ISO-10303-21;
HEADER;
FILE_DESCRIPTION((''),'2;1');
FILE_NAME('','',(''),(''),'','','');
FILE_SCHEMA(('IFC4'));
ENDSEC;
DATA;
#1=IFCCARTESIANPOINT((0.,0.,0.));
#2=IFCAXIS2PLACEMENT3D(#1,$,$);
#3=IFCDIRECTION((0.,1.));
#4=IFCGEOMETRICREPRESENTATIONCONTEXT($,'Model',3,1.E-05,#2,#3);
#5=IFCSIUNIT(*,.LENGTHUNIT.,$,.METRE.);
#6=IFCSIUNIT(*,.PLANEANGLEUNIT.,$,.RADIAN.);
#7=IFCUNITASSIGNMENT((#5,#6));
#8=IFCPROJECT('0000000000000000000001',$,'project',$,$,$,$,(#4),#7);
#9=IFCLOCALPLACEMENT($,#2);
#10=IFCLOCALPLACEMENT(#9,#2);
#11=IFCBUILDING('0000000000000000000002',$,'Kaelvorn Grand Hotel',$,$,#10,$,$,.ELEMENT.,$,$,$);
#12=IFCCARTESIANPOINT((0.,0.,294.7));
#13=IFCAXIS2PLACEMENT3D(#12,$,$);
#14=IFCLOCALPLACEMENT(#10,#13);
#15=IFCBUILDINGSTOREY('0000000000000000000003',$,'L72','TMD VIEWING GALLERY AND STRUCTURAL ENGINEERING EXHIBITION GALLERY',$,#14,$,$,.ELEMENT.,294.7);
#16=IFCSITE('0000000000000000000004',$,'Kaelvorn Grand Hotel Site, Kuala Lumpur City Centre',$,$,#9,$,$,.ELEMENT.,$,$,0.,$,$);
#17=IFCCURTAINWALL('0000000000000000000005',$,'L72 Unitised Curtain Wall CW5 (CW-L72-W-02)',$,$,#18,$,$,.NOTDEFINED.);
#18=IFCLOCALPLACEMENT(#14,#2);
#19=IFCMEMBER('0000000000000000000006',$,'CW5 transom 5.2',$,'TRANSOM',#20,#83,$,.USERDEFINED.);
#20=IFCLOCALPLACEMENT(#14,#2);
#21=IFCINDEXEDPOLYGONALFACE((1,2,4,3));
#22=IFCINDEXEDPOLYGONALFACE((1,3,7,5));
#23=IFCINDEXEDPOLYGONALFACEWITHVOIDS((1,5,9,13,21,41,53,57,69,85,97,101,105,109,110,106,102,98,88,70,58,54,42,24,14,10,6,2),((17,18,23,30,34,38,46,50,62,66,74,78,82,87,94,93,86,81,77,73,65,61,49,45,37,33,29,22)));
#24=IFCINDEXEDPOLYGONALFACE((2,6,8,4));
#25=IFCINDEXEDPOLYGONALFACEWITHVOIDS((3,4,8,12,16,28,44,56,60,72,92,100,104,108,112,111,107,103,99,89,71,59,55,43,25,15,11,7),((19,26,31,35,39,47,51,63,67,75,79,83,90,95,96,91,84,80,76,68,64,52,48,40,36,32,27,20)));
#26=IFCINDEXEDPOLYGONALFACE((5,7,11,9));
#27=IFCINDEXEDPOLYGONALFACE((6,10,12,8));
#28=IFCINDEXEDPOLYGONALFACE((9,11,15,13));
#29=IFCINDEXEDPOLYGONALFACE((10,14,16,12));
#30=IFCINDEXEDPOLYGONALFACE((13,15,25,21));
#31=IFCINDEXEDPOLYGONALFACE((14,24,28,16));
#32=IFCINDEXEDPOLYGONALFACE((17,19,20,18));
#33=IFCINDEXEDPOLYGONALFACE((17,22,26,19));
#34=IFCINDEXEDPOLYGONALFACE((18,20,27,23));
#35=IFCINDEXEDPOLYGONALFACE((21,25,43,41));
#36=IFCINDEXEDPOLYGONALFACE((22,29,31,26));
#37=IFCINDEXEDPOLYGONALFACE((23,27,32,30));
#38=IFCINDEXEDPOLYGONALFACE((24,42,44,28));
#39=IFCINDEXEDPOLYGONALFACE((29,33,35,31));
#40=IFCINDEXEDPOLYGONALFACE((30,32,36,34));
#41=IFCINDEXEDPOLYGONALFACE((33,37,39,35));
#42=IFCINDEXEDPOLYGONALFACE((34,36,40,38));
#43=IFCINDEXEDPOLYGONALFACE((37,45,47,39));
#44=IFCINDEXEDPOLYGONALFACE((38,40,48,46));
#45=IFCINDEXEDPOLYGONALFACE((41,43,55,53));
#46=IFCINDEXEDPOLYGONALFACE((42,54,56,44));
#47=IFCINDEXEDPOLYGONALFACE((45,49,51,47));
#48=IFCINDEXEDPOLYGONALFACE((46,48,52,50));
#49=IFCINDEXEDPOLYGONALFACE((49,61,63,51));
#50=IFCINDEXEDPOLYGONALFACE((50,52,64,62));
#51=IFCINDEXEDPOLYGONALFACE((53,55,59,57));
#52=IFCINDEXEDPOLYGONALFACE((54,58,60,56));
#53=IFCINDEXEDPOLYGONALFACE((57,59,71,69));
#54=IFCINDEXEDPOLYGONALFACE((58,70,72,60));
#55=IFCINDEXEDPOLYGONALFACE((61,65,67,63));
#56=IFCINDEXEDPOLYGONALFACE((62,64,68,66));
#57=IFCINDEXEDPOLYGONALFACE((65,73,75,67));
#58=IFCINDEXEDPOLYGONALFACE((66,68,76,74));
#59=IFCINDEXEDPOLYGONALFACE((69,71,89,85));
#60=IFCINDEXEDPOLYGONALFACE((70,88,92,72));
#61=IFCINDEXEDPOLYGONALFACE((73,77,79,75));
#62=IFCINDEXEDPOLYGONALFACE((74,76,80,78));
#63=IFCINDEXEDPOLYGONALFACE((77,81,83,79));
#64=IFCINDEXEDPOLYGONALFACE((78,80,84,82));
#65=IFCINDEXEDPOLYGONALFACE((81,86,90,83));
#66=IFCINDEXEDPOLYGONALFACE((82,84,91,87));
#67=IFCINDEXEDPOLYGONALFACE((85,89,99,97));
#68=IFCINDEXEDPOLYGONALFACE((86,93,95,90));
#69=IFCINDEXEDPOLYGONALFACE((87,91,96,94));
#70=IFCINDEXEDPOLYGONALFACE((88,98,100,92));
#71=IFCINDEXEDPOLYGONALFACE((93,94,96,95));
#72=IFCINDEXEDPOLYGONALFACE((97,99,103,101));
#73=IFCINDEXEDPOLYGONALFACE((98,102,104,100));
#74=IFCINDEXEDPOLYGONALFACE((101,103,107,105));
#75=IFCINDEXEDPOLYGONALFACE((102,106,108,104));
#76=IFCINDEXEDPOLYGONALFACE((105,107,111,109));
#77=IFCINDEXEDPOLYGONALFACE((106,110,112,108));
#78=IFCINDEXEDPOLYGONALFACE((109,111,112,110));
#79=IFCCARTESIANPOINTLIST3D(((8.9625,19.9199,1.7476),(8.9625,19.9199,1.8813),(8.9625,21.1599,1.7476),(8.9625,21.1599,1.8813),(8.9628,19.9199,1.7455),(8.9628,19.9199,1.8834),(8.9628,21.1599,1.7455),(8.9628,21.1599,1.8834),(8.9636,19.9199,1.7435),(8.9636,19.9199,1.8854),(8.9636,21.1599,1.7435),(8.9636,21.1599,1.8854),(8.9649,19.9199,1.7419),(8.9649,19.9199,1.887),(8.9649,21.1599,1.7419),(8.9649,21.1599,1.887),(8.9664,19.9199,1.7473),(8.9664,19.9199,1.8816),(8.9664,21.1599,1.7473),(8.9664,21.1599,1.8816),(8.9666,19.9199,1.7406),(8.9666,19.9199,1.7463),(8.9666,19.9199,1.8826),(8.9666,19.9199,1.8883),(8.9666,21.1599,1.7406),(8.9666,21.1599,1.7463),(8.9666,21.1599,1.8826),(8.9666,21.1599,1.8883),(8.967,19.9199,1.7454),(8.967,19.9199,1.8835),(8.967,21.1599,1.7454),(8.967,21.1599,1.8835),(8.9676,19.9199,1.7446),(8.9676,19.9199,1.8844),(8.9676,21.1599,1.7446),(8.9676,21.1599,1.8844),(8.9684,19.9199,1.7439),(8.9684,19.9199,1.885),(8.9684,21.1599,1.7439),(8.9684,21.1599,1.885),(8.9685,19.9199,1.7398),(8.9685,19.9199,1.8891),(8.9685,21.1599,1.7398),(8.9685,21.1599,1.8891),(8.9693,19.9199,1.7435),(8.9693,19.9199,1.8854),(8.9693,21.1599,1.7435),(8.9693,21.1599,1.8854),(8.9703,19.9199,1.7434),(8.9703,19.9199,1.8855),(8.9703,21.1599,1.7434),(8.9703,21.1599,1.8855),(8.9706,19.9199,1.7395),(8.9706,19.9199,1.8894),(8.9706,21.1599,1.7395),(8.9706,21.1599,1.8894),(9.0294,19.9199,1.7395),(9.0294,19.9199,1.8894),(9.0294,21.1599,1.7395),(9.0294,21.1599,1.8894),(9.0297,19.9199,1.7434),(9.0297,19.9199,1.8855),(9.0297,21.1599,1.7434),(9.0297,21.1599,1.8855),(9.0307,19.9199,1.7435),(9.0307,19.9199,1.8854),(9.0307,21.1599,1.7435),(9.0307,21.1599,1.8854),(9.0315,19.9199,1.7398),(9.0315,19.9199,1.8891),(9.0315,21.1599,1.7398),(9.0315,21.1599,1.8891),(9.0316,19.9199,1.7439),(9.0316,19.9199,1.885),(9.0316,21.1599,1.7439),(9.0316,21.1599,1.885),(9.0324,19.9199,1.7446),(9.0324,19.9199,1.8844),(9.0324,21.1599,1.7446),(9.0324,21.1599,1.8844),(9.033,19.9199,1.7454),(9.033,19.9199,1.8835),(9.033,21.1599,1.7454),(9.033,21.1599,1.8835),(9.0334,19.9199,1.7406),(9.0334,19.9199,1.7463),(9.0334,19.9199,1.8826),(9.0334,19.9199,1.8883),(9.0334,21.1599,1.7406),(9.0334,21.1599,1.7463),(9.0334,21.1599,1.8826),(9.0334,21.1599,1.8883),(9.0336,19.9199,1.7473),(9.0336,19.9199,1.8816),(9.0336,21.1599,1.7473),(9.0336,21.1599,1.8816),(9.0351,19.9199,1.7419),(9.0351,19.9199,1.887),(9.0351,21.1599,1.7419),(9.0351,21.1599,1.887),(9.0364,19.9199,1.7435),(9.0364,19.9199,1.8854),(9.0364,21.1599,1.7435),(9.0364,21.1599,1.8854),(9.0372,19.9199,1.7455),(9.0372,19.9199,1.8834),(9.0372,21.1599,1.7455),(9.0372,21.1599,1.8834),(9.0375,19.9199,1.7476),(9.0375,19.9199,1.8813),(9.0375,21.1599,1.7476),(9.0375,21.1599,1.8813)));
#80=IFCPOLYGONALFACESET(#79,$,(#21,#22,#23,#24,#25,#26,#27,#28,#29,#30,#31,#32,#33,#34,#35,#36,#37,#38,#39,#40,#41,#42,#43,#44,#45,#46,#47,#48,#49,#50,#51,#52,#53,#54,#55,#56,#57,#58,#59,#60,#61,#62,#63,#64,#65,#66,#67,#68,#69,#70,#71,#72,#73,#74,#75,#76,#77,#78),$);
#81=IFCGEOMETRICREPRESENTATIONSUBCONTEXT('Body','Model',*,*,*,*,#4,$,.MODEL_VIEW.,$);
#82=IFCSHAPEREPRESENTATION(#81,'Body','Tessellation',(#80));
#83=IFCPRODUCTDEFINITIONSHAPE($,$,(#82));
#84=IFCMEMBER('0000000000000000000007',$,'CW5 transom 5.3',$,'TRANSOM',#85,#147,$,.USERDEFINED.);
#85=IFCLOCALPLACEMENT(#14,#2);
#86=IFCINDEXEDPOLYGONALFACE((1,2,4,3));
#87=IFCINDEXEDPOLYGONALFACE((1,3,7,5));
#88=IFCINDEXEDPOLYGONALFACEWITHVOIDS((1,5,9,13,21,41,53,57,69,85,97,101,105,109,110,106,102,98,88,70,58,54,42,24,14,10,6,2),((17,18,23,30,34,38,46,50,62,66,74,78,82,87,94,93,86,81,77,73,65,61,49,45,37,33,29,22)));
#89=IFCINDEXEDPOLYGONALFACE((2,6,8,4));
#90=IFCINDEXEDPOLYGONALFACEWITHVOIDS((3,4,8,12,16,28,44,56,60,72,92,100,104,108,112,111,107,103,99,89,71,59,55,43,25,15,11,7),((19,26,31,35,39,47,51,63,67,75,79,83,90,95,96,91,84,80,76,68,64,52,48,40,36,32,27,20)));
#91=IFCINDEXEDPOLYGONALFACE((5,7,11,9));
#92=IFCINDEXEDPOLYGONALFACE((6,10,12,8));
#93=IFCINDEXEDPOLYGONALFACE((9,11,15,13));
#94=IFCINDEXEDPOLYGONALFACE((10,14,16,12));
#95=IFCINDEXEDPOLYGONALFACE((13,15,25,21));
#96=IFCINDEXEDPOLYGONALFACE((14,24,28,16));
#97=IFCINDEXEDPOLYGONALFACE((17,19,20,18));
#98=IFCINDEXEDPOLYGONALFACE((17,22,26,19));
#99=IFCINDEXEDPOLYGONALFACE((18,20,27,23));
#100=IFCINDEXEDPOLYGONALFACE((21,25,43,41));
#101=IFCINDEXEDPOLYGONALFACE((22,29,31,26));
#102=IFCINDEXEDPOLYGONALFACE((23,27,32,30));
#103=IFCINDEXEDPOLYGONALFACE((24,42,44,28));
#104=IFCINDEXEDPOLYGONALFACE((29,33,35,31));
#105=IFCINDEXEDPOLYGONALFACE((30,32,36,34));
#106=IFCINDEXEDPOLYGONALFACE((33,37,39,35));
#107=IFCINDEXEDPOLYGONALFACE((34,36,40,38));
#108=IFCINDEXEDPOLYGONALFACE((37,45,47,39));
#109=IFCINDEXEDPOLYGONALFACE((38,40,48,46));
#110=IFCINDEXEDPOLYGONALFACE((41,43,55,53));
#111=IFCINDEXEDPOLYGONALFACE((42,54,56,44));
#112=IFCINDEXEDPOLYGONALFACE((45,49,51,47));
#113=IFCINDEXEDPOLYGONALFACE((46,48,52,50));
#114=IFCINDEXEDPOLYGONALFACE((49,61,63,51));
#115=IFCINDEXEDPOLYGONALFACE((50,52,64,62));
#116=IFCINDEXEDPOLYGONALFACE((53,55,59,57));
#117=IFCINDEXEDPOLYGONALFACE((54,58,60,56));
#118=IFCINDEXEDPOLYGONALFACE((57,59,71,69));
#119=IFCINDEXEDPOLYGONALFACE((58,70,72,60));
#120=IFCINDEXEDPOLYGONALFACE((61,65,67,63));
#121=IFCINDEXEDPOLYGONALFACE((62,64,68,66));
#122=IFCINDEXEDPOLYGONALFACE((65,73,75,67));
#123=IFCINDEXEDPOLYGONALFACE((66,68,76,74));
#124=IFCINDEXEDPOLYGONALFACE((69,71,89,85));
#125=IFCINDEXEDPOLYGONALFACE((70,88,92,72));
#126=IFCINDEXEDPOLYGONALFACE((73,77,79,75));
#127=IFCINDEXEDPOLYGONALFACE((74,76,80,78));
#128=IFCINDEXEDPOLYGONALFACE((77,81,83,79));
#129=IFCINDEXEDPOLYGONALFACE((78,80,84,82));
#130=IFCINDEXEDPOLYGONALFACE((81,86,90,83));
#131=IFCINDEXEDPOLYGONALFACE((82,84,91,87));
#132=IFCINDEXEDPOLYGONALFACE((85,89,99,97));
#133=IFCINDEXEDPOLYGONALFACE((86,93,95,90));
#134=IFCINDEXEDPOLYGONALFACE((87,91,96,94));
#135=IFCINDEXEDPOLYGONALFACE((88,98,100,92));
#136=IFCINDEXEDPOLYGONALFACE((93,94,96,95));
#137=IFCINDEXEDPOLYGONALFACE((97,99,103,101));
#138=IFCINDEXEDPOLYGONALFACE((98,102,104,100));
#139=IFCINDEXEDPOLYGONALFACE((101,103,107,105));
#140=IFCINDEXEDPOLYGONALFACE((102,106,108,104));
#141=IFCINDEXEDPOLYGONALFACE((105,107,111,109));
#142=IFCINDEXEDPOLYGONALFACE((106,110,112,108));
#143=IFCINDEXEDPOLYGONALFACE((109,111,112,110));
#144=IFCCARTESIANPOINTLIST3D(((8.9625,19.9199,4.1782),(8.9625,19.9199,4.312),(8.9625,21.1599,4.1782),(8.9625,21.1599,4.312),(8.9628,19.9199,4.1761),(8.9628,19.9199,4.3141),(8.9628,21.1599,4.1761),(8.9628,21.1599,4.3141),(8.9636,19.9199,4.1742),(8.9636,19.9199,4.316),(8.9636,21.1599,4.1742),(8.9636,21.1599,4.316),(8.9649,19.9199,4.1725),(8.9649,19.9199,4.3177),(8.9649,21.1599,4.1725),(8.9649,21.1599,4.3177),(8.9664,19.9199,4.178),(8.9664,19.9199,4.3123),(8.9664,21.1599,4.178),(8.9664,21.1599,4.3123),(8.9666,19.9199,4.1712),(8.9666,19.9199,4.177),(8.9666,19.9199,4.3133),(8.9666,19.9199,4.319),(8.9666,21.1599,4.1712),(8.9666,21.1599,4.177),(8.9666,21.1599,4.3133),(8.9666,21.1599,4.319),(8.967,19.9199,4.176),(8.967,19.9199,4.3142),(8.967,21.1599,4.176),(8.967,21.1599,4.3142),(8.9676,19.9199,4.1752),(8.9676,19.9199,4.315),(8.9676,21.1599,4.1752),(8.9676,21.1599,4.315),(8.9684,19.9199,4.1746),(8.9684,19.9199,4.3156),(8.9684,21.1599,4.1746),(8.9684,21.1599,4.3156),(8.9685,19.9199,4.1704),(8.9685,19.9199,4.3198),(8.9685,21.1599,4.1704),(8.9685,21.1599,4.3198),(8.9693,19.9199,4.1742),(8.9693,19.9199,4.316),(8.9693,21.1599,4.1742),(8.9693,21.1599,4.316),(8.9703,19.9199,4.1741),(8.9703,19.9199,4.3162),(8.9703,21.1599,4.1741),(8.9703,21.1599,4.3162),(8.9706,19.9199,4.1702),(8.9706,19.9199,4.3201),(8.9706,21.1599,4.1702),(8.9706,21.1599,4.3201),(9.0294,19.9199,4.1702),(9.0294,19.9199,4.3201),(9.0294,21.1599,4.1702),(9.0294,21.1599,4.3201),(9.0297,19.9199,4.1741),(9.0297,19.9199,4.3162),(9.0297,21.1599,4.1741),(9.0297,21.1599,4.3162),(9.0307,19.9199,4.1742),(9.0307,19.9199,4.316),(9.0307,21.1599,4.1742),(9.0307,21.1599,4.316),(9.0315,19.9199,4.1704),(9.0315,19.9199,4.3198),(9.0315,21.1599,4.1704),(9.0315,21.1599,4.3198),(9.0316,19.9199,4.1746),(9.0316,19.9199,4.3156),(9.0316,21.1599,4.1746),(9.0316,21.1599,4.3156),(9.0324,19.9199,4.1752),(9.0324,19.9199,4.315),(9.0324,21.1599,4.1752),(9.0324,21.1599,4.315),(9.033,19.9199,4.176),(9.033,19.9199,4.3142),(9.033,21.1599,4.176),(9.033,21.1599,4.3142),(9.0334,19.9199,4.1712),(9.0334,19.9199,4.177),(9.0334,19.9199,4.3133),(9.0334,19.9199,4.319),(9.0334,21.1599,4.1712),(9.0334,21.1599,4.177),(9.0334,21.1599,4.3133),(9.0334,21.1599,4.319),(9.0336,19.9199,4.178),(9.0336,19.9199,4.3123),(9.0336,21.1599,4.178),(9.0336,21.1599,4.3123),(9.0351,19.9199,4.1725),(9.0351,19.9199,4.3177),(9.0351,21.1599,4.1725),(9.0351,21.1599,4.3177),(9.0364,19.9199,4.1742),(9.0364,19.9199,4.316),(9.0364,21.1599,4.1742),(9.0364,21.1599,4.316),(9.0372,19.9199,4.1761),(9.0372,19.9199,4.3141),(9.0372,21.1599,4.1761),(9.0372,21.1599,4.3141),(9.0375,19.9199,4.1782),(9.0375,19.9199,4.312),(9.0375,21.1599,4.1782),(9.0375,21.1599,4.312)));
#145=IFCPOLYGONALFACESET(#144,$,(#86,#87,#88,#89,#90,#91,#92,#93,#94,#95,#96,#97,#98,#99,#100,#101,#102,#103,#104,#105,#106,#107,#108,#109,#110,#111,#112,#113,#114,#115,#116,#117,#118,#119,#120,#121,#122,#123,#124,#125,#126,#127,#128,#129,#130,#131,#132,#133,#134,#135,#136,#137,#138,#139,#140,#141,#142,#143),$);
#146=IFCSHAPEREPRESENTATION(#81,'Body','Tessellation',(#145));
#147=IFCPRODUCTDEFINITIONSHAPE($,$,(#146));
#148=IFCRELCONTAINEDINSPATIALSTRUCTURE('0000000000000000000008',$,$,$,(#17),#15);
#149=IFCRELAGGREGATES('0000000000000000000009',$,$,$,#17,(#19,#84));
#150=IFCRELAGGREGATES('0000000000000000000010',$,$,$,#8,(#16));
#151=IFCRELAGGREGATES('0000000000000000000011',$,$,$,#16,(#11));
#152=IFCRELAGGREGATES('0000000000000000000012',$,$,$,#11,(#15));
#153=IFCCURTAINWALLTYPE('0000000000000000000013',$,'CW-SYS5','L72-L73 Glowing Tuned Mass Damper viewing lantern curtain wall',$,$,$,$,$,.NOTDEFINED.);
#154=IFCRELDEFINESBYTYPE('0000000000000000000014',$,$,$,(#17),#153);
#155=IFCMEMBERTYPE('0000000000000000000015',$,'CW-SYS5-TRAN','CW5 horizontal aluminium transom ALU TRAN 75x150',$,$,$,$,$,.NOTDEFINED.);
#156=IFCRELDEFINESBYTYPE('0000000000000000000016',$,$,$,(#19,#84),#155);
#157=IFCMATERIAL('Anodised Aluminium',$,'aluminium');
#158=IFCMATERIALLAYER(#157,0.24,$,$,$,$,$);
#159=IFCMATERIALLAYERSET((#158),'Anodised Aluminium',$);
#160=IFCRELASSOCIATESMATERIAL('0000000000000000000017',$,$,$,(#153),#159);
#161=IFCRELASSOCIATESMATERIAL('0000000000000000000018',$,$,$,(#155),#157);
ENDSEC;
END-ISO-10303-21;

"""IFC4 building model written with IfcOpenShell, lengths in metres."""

from ifc_helpers import new_model, si_unit, direction, frame, origin, origin_2d, place, context, subcontext, project, spatial, hollow_rectangle, extrude, material, layer, layer_set, material_profile, profile_set, type_object, element, aggregate, save


model = new_model("IFC4")

# Units and contexts
model_context = context("Model", 3, precision=1e-05, world=origin(), true_north=direction((0.0, 1.0)))
body_context = subcontext(model_context, "Body", "Model", "MODEL_VIEW")
ifc_project = project(units=[si_unit("LENGTHUNIT", "METRE"), si_unit("PLANEANGLEUNIT", "RADIAN")], contexts=[model_context])

# Site, building, storey
site_placement = place(None, origin())
site = spatial("IfcSite", under=ifc_project, at=site_placement, Name="Kaelvorn Grand Hotel Site, Kuala Lumpur City Centre", CompositionType="ELEMENT", RefElevation=0.0)
building_placement = place(site_placement, origin())
building = spatial("IfcBuilding", under=site, at=building_placement, Name="Kaelvorn Grand Hotel", CompositionType="ELEMENT")
storey_placement = place(building_placement, frame((0.0, 0.0, 294.7)))
storey = spatial("IfcBuildingStorey", under=building, at=storey_placement, Name="L72", Description="TMD VIEWING GALLERY AND STRUCTURAL ENGINEERING EXHIBITION GALLERY", CompositionType="ELEMENT", Elevation=294.7)

# Curtain wall, members
ifc_material_1 = material(Name="Anodised Aluminium", Category="aluminium")
ifc_layer_1 = layer(ifc_material_1, 0.24)
ifc_layer_set_1 = layer_set([ifc_layer_1], Name="Anodised Aluminium")
curtain_wall_type = type_object("IfcCurtainWallType", Name="CW-SYS5", Description="L72-L73 Glowing Tuned Mass Damper viewing lantern curtain wall", PredefinedType="NOTDEFINED", material=ifc_layer_set_1)
curtain_wall_placement = place(storey_placement, origin())
curtain_wall = element("IfcCurtainWall", 1, at=curtain_wall_placement, inside=storey, type_object=curtain_wall_type, Name="L72 Unitised Curtain Wall CW5 (CW-L72-W-02)", PredefinedType="NOTDEFINED")
ifc_material_profile_1 = material_profile(ifc_material_1, hollow_rectangle(XDim=0.075, YDim=0.1499, WallThickness=0.0039, InnerFilletRadius=0.0039, OuterFilletRadius=0.0081, at=origin_2d()), Name="ALU TRAN 75x150")
ifc_profile_set_1 = profile_set([ifc_material_profile_1], Name="Anodised Aluminium")
member_type_1 = type_object("IfcMemberType", Name="CW-SYS5-TRAN", Description="CW5 horizontal aluminium transom ALU TRAN 75x150", PredefinedType="NOTDEFINED", material=ifc_profile_set_1)
member_1_placement = place(storey_placement, frame((9.0, 21.1599, 1.8145), z_axis=(0.0, -1.0, 0.0), x_axis=(1.0, 0.0, 0.0)))
member_1 = element("IfcMember", 2, at=member_1_placement, type_object=member_type_1, Name="CW5 transom 5.2", ObjectType="TRANSOM", PredefinedType="USERDEFINED", context=body_context, shape_type="SweptSolid", body=[
    extrude(hollow_rectangle(XDim=0.075, YDim=0.1499, WallThickness=0.0039, InnerFilletRadius=0.0039, OuterFilletRadius=0.0081, at=origin_2d()), origin(), (0.0, 0.0, 1.0), 1.24),
])
member_2_placement = place(storey_placement, frame((9.0, 21.1599, 4.2451), z_axis=(0.0, -1.0, 0.0), x_axis=(1.0, 0.0, 0.0)))
member_2 = element("IfcMember", 3, at=member_2_placement, type_object=member_type_1, Name="CW5 transom 5.3", ObjectType="TRANSOM", PredefinedType="USERDEFINED", context=body_context, shape_type="SweptSolid", body=[
    extrude(hollow_rectangle(XDim=0.075, YDim=0.1499, WallThickness=0.0039, InnerFilletRadius=0.0039, OuterFilletRadius=0.0081, at=origin_2d()), origin(), (0.0, 0.0, 1.0), 1.24),
])
aggregate(curtain_wall, [member_1, member_2])

save(model, "model.ifc")
